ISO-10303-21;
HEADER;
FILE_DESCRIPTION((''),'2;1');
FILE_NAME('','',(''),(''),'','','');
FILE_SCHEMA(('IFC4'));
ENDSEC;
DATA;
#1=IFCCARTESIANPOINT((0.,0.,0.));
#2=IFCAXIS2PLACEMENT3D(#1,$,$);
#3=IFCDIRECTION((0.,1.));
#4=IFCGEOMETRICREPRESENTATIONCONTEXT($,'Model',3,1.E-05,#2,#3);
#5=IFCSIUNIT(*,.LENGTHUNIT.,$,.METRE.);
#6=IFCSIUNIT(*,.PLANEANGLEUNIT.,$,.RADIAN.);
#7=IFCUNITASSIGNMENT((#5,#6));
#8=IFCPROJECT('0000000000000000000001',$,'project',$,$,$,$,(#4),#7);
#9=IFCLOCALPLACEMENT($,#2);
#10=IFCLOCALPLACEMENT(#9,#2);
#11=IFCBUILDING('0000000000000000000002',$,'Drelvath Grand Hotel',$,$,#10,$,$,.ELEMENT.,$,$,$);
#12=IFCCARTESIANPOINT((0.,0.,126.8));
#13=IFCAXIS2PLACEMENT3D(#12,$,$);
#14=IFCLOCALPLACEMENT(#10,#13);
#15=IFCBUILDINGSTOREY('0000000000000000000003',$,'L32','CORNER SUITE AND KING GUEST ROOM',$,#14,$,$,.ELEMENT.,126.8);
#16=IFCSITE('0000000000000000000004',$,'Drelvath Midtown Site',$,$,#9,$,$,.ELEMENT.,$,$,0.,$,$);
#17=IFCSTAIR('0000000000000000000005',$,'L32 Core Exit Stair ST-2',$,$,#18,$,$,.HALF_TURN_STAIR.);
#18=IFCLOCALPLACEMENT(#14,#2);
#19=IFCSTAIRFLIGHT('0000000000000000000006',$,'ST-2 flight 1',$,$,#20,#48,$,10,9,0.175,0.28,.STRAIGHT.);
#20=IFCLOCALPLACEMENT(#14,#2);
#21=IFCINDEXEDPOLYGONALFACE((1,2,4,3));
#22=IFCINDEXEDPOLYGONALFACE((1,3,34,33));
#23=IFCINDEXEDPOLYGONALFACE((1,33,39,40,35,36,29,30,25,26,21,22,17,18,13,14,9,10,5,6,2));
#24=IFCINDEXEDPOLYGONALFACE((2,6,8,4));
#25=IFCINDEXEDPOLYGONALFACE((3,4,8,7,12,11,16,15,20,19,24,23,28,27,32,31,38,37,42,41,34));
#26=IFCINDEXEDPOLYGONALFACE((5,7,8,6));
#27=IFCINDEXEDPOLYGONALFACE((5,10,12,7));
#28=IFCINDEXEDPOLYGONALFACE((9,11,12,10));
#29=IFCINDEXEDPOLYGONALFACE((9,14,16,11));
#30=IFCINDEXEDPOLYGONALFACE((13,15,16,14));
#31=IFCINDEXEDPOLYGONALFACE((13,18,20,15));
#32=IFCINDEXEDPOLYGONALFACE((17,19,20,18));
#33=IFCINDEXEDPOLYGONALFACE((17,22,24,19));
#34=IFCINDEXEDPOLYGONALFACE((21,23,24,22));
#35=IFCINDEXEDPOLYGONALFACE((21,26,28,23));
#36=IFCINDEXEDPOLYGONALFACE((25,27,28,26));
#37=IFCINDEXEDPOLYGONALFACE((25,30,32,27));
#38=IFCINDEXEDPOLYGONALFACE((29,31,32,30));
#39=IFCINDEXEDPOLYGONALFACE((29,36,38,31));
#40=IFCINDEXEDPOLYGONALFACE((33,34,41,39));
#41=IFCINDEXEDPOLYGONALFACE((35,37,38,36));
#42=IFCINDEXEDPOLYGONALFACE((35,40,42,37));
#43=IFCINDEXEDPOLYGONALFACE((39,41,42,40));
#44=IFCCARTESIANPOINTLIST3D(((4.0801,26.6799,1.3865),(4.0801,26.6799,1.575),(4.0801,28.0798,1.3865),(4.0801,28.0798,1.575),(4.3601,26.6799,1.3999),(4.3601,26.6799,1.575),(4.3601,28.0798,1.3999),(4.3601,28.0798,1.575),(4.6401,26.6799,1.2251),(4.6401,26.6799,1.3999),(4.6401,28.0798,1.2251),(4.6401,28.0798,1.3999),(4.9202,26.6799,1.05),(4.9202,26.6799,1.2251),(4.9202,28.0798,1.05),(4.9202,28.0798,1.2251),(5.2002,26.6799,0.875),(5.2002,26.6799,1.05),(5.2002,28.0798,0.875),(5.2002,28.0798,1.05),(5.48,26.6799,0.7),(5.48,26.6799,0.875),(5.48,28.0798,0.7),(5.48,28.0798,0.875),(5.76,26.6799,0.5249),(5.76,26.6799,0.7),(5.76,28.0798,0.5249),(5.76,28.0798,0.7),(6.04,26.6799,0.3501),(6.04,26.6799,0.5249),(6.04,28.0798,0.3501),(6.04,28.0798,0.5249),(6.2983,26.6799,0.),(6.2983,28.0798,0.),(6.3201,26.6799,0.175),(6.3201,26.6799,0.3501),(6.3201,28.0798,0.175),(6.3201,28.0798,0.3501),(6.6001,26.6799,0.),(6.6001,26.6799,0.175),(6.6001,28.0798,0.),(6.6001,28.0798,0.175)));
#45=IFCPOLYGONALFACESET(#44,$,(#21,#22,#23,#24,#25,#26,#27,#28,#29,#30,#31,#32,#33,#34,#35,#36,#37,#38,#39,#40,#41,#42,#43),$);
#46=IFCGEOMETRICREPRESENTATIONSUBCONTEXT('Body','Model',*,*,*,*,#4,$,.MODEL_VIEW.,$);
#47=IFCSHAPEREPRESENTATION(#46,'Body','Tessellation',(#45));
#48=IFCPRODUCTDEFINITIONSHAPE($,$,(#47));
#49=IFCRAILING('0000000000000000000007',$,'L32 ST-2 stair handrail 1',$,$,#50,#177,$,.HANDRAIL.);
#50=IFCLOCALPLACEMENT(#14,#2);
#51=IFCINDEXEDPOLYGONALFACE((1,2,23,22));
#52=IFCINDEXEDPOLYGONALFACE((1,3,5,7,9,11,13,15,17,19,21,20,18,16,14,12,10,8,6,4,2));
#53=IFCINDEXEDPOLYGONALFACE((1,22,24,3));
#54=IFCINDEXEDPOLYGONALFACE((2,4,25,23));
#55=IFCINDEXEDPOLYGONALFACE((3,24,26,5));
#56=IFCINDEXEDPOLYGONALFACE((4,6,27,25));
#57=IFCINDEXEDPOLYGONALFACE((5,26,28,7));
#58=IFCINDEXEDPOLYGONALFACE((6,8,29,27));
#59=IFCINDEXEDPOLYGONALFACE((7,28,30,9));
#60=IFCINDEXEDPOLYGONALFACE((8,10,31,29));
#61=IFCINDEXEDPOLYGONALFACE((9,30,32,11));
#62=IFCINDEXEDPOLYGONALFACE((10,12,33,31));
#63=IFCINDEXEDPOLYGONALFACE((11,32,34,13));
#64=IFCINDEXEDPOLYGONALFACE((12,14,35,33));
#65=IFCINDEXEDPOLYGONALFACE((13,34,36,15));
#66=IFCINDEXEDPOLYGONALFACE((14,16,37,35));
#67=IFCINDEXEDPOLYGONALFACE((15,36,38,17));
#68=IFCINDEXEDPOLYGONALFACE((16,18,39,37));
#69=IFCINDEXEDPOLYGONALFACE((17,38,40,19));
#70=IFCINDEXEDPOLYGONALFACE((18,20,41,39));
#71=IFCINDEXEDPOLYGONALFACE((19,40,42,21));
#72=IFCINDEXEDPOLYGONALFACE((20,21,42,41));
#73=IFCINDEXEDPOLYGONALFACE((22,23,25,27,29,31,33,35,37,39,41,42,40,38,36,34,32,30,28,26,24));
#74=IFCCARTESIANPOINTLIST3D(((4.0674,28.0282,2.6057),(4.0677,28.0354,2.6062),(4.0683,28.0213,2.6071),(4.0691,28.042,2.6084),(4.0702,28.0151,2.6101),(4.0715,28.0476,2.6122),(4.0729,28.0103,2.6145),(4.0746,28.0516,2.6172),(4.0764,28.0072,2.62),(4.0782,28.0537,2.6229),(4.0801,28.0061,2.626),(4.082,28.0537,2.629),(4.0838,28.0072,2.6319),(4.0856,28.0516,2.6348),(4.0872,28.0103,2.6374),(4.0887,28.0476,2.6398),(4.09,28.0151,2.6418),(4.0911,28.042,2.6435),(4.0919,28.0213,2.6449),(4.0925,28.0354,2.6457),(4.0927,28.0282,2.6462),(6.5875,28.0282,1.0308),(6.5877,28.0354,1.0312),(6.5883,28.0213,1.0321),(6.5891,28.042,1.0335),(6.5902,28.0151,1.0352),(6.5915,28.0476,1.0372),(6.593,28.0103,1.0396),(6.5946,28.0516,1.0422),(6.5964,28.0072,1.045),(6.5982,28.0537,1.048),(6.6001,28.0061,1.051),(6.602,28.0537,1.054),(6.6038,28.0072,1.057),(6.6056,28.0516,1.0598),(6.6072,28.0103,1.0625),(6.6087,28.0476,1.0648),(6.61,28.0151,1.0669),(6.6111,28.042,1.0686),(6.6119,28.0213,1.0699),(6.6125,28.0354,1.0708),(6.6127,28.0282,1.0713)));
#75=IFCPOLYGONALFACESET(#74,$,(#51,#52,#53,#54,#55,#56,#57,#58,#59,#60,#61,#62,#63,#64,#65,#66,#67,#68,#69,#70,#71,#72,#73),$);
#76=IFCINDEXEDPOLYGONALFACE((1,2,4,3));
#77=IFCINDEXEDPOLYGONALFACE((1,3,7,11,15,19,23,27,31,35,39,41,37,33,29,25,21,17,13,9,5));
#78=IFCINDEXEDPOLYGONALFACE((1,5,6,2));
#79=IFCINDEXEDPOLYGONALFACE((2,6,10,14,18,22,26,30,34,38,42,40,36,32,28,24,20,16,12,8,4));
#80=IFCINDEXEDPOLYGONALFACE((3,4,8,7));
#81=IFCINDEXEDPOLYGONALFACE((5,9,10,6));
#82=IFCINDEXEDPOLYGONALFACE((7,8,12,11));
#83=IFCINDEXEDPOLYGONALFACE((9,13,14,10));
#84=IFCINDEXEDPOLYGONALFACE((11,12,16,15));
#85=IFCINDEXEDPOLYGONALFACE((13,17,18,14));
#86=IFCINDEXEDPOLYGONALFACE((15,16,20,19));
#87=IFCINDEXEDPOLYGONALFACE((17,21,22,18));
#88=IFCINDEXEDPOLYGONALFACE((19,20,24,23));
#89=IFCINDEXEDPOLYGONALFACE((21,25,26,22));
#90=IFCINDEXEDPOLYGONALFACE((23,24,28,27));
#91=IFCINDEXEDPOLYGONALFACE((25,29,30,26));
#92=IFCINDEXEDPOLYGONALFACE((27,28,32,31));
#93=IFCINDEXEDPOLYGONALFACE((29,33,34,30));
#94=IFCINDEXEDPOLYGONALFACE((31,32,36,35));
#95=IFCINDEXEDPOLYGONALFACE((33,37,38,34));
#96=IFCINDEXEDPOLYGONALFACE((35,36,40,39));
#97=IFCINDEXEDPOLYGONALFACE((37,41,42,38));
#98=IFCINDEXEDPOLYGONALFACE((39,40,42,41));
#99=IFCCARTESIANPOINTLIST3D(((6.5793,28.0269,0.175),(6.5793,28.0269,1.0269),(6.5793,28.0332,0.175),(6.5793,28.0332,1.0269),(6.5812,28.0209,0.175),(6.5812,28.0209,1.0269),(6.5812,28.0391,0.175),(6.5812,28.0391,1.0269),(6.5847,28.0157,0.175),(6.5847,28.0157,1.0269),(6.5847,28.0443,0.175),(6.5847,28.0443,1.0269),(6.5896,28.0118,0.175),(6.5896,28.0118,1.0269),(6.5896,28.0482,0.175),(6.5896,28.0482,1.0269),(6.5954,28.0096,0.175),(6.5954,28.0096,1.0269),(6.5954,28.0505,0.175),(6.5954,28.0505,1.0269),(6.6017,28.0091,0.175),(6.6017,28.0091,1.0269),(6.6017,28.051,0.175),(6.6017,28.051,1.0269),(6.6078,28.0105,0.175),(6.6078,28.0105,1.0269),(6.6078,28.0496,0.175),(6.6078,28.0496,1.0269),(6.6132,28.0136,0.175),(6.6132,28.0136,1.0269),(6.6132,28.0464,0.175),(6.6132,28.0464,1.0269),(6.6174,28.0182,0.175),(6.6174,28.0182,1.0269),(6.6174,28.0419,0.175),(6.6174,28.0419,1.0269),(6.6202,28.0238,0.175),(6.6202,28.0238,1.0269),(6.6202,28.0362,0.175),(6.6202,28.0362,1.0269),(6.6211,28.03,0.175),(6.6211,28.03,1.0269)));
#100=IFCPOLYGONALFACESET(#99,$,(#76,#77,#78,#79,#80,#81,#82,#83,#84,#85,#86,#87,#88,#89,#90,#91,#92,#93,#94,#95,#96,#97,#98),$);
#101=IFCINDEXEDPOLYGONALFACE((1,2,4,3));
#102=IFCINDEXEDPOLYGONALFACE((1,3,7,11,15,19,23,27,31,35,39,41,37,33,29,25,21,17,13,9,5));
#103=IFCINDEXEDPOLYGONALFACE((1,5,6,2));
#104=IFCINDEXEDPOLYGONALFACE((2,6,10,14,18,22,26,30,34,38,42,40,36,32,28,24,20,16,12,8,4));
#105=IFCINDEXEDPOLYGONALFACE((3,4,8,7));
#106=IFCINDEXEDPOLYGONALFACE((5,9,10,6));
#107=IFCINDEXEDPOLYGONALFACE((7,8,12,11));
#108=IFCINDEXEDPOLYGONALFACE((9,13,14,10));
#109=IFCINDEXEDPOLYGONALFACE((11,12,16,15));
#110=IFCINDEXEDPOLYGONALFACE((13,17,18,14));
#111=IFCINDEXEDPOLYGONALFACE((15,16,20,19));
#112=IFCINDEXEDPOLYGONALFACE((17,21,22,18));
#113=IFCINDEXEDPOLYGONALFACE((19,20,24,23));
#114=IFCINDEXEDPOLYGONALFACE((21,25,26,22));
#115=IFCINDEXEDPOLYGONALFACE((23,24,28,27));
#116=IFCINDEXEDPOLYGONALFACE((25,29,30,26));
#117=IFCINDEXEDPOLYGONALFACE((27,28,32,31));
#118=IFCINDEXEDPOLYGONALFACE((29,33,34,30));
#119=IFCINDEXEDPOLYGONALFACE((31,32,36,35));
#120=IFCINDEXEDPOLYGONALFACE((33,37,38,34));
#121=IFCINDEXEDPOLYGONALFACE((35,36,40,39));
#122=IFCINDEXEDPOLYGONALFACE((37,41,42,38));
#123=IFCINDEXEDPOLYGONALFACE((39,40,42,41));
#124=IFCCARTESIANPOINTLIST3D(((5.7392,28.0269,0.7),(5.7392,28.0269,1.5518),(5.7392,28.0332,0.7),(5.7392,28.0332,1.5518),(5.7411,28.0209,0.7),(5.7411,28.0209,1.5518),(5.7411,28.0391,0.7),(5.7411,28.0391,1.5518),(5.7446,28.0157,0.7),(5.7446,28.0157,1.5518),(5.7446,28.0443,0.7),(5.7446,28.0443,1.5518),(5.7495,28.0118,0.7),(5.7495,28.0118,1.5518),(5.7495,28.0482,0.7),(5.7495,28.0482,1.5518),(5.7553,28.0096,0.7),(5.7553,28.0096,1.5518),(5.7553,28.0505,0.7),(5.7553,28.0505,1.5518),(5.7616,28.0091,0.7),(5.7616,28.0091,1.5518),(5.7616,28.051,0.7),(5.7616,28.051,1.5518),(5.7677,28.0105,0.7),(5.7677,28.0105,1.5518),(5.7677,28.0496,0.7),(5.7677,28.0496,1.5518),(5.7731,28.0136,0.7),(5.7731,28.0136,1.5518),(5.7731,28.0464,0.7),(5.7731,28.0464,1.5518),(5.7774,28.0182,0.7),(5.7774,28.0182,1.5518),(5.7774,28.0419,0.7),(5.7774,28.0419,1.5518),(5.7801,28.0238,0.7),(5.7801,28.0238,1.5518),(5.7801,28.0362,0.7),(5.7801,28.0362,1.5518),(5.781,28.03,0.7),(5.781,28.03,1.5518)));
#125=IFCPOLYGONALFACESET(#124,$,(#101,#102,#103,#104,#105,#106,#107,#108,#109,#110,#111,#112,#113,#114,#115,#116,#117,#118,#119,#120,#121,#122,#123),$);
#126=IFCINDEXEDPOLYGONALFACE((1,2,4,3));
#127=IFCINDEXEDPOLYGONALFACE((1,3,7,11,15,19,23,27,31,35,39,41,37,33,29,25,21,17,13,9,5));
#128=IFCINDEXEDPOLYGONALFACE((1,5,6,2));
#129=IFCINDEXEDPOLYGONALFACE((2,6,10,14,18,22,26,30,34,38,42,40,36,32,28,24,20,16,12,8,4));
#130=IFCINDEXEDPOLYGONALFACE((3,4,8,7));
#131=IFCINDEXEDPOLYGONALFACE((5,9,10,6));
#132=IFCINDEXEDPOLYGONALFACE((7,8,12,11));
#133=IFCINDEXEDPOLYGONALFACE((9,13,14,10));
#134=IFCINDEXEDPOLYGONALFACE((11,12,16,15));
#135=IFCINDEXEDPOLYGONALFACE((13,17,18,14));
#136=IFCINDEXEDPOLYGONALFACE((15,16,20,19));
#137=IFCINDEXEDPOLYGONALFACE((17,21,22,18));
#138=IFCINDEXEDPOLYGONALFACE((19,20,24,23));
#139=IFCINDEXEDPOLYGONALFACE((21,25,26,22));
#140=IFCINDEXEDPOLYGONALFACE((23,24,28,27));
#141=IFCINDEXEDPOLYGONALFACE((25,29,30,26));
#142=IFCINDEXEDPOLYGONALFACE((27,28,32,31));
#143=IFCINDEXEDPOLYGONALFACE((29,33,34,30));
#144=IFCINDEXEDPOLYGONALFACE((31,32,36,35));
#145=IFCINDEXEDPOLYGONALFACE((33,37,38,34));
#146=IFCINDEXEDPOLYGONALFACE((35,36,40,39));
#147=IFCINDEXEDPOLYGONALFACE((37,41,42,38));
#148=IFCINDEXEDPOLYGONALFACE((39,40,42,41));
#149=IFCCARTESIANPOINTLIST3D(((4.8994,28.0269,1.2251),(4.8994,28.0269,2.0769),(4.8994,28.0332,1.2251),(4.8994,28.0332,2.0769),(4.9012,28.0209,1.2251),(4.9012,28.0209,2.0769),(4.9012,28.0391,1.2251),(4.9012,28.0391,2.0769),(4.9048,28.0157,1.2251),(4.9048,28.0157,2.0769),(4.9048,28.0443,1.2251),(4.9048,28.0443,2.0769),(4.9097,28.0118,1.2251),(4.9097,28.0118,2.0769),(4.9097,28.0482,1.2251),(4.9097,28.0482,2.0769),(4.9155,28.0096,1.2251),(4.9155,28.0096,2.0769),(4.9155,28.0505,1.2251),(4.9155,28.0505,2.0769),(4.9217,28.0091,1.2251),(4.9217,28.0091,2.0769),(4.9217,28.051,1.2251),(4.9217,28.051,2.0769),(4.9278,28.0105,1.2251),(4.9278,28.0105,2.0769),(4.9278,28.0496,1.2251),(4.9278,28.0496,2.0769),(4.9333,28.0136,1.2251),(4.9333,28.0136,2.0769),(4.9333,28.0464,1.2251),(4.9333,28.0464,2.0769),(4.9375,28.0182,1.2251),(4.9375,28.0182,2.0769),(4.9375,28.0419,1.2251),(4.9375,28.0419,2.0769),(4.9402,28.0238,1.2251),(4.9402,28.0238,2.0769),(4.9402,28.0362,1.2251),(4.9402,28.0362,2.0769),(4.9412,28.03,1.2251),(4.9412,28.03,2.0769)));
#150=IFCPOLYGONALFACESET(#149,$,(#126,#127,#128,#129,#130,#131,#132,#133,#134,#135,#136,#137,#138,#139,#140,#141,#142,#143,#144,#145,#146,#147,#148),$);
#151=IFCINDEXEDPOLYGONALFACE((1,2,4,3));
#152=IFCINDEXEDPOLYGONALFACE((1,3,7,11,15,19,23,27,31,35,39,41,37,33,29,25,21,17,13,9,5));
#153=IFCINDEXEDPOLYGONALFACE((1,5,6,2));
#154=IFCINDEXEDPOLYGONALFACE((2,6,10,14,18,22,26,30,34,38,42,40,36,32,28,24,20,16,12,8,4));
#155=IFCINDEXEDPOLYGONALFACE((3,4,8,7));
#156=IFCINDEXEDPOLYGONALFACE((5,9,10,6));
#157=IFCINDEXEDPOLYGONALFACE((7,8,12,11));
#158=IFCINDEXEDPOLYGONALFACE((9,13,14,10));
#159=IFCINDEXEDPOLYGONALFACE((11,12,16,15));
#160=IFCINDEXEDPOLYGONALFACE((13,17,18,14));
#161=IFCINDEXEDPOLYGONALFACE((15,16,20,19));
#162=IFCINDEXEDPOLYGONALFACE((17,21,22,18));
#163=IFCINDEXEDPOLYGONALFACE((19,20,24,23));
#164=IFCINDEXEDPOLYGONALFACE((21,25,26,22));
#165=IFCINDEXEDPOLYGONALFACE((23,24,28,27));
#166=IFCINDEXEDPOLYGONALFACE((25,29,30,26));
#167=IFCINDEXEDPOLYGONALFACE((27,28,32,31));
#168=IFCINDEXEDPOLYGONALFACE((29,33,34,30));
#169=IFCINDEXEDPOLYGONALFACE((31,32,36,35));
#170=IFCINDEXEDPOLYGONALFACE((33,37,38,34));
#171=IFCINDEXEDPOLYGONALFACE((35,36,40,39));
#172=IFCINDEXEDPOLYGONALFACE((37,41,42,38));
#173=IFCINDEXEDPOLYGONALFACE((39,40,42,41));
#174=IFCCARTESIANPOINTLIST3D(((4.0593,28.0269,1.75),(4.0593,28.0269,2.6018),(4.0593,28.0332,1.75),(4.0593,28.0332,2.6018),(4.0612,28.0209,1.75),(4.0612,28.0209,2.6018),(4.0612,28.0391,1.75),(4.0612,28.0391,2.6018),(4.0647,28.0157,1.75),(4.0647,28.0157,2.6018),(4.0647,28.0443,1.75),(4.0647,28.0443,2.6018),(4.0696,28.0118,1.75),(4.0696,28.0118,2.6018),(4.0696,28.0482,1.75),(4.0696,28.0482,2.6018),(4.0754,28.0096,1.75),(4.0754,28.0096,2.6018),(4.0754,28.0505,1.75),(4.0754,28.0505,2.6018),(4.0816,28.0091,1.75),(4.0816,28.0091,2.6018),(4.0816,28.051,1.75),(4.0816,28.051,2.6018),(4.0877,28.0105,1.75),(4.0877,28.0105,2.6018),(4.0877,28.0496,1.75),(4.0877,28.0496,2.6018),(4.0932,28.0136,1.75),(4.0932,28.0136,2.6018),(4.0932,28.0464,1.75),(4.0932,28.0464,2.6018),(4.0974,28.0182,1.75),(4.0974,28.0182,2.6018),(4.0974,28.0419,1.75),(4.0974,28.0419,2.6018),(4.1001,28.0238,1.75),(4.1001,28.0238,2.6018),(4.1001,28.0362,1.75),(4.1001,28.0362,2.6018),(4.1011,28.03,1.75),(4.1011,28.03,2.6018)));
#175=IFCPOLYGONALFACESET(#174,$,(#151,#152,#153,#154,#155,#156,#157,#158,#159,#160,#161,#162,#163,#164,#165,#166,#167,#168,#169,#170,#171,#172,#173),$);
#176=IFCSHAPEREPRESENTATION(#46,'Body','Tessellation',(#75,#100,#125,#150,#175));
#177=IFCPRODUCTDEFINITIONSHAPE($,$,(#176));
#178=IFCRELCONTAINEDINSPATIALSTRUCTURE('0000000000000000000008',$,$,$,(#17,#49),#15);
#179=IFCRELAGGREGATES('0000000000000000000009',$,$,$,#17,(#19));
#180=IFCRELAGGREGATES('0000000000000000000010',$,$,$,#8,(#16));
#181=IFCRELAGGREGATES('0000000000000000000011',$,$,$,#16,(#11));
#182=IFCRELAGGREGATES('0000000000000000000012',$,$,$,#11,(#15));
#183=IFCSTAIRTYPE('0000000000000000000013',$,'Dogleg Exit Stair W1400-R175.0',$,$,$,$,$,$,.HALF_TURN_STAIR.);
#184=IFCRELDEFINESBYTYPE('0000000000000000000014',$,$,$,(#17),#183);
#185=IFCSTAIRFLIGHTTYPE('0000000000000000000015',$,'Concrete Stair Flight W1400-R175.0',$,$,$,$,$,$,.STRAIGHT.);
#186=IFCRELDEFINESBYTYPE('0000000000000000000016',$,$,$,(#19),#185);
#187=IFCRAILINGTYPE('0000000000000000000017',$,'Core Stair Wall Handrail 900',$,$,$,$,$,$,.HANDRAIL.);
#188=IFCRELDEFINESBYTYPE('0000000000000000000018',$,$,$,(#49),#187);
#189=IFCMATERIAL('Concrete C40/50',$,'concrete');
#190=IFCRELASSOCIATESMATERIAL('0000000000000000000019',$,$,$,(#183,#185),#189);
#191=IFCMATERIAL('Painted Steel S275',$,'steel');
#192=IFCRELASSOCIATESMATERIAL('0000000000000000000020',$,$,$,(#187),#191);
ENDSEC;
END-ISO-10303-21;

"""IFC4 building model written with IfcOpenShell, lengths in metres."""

from ifc_helpers import new_model, si_unit, direction, frame, origin, origin_2d, place, context, subcontext, project, spatial, polyline, circle, outline, extrude, material, type_object, element, aggregate, save


model = new_model("IFC4")

# Units and contexts
model_context = context("Model", 3, precision=1e-05, world=origin(), true_north=direction((0.0, 1.0)))
body_context = subcontext(model_context, "Body", "Model", "MODEL_VIEW")
ifc_project = project(units=[si_unit("LENGTHUNIT", "METRE"), si_unit("PLANEANGLEUNIT", "RADIAN")], contexts=[model_context])

# Site, building, storey
site_placement = place(None, origin())
site = spatial("IfcSite", under=ifc_project, at=site_placement, Name="Drelvath Midtown Site", CompositionType="ELEMENT", RefElevation=0.0)
building_placement = place(site_placement, origin())
building = spatial("IfcBuilding", under=site, at=building_placement, Name="Drelvath Grand Hotel", CompositionType="ELEMENT")
storey_placement = place(building_placement, frame((0.0, 0.0, 126.8)))
storey = spatial("IfcBuildingStorey", under=building, at=storey_placement, Name="L32", Description="CORNER SUITE AND KING GUEST ROOM", CompositionType="ELEMENT", Elevation=126.8)

# Shared definitions
ifc_material_1 = material(Name="Concrete C40/50", Category="concrete")

# Shared definitions
ifc_material_2 = material(Name="Painted Steel S275", Category="steel")

# Stair, stair flight
stair_type = type_object("IfcStairType", Name="Dogleg Exit Stair W1400-R175.0", PredefinedType="HALF_TURN_STAIR", material=ifc_material_1)
stair_placement = place(storey_placement, origin())
stair = element("IfcStair", 1, at=stair_placement, inside=storey, type_object=stair_type, Name="L32 Core Exit Stair ST-2", PredefinedType="HALF_TURN_STAIR")
stair_flight_type = type_object("IfcStairFlightType", Name="Concrete Stair Flight W1400-R175.0", PredefinedType="STRAIGHT", material=ifc_material_1)
stair_flight_placement = place(storey_placement, frame((6.6001, 27.3799, 0.0), z_axis=(0.0, 0.0, 1.0), x_axis=(-1.0, 0.0, 0.0)))
stair_flight = element("IfcStairFlight", 2, at=stair_flight_placement, type_object=stair_flight_type, Name="ST-2 flight 1", NumberOfRisers=10, NumberOfTreads=9, PredefinedType="STRAIGHT", RiserHeight=0.175, TreadLength=0.28, context=body_context, shape_type="SweptSolid", body=[
    extrude(outline(polyline([(0.0, 0.0), (0.0, 0.175), (0.28, 0.175), (0.28, 0.3501), (0.5601, 0.3501), (0.5601, 0.5249), (0.8401, 0.5249), (0.8401, 0.7), (1.1201, 0.7), (1.1201, 0.875), (1.3999, 0.875), (1.3999, 1.05), (1.6799, 1.05), (1.6799, 1.2251), (1.96, 1.2251), (1.96, 1.3999), (2.24, 1.3999), (2.24, 1.575), (2.52, 1.575), (2.52, 1.75), (2.52, 1.3865), (0.3018, 0.0), (0.0, 0.0)])), frame((0.0, 0.7, 0.0), z_axis=(0.0, -1.0, 0.0), x_axis=(1.0, 0.0, 0.0)), (0.0, 0.0, 1.0), 1.3999),
])
aggregate(stair, [stair_flight])

# Railing
railing_type_1 = type_object("IfcRailingType", Name="Core Stair Wall Handrail 900", PredefinedType="HANDRAIL", material=ifc_material_2)
railing_1_placement = place(storey_placement, frame((6.6001, 28.03, 0.175)))
element("IfcRailing", 3, at=railing_1_placement, inside=storey, type_object=railing_type_1, Name="L32 ST-2 stair handrail 1", PredefinedType="HANDRAIL", context=body_context, shape_type="SweptSolid", body=[
    extrude(circle(Radius=0.0239, at=origin_2d()), frame((0.0, 0.0, 0.876), z_axis=(-0.848008, 0.0, 0.529984), x_axis=(0.0, -1.0, 0.0)), (0.0, 0.0, 1.0), 2.9717),
    extrude(circle(Radius=0.021, at=origin_2d()), origin(), (0.0, 0.0, 1.0), 0.8518),
    extrude(circle(Radius=0.021, at=origin_2d()), frame((-0.8401, 0.0, 0.5249)), (0.0, 0.0, 1.0), 0.8518),
    extrude(circle(Radius=0.021, at=origin_2d()), frame((-1.6799, 0.0, 1.05)), (0.0, 0.0, 1.0), 0.8518),
    extrude(circle(Radius=0.021, at=origin_2d()), frame((-2.52, 0.0, 1.575)), (0.0, 0.0, 1.0), 0.8518),
])

save(model, "model.ifc")
